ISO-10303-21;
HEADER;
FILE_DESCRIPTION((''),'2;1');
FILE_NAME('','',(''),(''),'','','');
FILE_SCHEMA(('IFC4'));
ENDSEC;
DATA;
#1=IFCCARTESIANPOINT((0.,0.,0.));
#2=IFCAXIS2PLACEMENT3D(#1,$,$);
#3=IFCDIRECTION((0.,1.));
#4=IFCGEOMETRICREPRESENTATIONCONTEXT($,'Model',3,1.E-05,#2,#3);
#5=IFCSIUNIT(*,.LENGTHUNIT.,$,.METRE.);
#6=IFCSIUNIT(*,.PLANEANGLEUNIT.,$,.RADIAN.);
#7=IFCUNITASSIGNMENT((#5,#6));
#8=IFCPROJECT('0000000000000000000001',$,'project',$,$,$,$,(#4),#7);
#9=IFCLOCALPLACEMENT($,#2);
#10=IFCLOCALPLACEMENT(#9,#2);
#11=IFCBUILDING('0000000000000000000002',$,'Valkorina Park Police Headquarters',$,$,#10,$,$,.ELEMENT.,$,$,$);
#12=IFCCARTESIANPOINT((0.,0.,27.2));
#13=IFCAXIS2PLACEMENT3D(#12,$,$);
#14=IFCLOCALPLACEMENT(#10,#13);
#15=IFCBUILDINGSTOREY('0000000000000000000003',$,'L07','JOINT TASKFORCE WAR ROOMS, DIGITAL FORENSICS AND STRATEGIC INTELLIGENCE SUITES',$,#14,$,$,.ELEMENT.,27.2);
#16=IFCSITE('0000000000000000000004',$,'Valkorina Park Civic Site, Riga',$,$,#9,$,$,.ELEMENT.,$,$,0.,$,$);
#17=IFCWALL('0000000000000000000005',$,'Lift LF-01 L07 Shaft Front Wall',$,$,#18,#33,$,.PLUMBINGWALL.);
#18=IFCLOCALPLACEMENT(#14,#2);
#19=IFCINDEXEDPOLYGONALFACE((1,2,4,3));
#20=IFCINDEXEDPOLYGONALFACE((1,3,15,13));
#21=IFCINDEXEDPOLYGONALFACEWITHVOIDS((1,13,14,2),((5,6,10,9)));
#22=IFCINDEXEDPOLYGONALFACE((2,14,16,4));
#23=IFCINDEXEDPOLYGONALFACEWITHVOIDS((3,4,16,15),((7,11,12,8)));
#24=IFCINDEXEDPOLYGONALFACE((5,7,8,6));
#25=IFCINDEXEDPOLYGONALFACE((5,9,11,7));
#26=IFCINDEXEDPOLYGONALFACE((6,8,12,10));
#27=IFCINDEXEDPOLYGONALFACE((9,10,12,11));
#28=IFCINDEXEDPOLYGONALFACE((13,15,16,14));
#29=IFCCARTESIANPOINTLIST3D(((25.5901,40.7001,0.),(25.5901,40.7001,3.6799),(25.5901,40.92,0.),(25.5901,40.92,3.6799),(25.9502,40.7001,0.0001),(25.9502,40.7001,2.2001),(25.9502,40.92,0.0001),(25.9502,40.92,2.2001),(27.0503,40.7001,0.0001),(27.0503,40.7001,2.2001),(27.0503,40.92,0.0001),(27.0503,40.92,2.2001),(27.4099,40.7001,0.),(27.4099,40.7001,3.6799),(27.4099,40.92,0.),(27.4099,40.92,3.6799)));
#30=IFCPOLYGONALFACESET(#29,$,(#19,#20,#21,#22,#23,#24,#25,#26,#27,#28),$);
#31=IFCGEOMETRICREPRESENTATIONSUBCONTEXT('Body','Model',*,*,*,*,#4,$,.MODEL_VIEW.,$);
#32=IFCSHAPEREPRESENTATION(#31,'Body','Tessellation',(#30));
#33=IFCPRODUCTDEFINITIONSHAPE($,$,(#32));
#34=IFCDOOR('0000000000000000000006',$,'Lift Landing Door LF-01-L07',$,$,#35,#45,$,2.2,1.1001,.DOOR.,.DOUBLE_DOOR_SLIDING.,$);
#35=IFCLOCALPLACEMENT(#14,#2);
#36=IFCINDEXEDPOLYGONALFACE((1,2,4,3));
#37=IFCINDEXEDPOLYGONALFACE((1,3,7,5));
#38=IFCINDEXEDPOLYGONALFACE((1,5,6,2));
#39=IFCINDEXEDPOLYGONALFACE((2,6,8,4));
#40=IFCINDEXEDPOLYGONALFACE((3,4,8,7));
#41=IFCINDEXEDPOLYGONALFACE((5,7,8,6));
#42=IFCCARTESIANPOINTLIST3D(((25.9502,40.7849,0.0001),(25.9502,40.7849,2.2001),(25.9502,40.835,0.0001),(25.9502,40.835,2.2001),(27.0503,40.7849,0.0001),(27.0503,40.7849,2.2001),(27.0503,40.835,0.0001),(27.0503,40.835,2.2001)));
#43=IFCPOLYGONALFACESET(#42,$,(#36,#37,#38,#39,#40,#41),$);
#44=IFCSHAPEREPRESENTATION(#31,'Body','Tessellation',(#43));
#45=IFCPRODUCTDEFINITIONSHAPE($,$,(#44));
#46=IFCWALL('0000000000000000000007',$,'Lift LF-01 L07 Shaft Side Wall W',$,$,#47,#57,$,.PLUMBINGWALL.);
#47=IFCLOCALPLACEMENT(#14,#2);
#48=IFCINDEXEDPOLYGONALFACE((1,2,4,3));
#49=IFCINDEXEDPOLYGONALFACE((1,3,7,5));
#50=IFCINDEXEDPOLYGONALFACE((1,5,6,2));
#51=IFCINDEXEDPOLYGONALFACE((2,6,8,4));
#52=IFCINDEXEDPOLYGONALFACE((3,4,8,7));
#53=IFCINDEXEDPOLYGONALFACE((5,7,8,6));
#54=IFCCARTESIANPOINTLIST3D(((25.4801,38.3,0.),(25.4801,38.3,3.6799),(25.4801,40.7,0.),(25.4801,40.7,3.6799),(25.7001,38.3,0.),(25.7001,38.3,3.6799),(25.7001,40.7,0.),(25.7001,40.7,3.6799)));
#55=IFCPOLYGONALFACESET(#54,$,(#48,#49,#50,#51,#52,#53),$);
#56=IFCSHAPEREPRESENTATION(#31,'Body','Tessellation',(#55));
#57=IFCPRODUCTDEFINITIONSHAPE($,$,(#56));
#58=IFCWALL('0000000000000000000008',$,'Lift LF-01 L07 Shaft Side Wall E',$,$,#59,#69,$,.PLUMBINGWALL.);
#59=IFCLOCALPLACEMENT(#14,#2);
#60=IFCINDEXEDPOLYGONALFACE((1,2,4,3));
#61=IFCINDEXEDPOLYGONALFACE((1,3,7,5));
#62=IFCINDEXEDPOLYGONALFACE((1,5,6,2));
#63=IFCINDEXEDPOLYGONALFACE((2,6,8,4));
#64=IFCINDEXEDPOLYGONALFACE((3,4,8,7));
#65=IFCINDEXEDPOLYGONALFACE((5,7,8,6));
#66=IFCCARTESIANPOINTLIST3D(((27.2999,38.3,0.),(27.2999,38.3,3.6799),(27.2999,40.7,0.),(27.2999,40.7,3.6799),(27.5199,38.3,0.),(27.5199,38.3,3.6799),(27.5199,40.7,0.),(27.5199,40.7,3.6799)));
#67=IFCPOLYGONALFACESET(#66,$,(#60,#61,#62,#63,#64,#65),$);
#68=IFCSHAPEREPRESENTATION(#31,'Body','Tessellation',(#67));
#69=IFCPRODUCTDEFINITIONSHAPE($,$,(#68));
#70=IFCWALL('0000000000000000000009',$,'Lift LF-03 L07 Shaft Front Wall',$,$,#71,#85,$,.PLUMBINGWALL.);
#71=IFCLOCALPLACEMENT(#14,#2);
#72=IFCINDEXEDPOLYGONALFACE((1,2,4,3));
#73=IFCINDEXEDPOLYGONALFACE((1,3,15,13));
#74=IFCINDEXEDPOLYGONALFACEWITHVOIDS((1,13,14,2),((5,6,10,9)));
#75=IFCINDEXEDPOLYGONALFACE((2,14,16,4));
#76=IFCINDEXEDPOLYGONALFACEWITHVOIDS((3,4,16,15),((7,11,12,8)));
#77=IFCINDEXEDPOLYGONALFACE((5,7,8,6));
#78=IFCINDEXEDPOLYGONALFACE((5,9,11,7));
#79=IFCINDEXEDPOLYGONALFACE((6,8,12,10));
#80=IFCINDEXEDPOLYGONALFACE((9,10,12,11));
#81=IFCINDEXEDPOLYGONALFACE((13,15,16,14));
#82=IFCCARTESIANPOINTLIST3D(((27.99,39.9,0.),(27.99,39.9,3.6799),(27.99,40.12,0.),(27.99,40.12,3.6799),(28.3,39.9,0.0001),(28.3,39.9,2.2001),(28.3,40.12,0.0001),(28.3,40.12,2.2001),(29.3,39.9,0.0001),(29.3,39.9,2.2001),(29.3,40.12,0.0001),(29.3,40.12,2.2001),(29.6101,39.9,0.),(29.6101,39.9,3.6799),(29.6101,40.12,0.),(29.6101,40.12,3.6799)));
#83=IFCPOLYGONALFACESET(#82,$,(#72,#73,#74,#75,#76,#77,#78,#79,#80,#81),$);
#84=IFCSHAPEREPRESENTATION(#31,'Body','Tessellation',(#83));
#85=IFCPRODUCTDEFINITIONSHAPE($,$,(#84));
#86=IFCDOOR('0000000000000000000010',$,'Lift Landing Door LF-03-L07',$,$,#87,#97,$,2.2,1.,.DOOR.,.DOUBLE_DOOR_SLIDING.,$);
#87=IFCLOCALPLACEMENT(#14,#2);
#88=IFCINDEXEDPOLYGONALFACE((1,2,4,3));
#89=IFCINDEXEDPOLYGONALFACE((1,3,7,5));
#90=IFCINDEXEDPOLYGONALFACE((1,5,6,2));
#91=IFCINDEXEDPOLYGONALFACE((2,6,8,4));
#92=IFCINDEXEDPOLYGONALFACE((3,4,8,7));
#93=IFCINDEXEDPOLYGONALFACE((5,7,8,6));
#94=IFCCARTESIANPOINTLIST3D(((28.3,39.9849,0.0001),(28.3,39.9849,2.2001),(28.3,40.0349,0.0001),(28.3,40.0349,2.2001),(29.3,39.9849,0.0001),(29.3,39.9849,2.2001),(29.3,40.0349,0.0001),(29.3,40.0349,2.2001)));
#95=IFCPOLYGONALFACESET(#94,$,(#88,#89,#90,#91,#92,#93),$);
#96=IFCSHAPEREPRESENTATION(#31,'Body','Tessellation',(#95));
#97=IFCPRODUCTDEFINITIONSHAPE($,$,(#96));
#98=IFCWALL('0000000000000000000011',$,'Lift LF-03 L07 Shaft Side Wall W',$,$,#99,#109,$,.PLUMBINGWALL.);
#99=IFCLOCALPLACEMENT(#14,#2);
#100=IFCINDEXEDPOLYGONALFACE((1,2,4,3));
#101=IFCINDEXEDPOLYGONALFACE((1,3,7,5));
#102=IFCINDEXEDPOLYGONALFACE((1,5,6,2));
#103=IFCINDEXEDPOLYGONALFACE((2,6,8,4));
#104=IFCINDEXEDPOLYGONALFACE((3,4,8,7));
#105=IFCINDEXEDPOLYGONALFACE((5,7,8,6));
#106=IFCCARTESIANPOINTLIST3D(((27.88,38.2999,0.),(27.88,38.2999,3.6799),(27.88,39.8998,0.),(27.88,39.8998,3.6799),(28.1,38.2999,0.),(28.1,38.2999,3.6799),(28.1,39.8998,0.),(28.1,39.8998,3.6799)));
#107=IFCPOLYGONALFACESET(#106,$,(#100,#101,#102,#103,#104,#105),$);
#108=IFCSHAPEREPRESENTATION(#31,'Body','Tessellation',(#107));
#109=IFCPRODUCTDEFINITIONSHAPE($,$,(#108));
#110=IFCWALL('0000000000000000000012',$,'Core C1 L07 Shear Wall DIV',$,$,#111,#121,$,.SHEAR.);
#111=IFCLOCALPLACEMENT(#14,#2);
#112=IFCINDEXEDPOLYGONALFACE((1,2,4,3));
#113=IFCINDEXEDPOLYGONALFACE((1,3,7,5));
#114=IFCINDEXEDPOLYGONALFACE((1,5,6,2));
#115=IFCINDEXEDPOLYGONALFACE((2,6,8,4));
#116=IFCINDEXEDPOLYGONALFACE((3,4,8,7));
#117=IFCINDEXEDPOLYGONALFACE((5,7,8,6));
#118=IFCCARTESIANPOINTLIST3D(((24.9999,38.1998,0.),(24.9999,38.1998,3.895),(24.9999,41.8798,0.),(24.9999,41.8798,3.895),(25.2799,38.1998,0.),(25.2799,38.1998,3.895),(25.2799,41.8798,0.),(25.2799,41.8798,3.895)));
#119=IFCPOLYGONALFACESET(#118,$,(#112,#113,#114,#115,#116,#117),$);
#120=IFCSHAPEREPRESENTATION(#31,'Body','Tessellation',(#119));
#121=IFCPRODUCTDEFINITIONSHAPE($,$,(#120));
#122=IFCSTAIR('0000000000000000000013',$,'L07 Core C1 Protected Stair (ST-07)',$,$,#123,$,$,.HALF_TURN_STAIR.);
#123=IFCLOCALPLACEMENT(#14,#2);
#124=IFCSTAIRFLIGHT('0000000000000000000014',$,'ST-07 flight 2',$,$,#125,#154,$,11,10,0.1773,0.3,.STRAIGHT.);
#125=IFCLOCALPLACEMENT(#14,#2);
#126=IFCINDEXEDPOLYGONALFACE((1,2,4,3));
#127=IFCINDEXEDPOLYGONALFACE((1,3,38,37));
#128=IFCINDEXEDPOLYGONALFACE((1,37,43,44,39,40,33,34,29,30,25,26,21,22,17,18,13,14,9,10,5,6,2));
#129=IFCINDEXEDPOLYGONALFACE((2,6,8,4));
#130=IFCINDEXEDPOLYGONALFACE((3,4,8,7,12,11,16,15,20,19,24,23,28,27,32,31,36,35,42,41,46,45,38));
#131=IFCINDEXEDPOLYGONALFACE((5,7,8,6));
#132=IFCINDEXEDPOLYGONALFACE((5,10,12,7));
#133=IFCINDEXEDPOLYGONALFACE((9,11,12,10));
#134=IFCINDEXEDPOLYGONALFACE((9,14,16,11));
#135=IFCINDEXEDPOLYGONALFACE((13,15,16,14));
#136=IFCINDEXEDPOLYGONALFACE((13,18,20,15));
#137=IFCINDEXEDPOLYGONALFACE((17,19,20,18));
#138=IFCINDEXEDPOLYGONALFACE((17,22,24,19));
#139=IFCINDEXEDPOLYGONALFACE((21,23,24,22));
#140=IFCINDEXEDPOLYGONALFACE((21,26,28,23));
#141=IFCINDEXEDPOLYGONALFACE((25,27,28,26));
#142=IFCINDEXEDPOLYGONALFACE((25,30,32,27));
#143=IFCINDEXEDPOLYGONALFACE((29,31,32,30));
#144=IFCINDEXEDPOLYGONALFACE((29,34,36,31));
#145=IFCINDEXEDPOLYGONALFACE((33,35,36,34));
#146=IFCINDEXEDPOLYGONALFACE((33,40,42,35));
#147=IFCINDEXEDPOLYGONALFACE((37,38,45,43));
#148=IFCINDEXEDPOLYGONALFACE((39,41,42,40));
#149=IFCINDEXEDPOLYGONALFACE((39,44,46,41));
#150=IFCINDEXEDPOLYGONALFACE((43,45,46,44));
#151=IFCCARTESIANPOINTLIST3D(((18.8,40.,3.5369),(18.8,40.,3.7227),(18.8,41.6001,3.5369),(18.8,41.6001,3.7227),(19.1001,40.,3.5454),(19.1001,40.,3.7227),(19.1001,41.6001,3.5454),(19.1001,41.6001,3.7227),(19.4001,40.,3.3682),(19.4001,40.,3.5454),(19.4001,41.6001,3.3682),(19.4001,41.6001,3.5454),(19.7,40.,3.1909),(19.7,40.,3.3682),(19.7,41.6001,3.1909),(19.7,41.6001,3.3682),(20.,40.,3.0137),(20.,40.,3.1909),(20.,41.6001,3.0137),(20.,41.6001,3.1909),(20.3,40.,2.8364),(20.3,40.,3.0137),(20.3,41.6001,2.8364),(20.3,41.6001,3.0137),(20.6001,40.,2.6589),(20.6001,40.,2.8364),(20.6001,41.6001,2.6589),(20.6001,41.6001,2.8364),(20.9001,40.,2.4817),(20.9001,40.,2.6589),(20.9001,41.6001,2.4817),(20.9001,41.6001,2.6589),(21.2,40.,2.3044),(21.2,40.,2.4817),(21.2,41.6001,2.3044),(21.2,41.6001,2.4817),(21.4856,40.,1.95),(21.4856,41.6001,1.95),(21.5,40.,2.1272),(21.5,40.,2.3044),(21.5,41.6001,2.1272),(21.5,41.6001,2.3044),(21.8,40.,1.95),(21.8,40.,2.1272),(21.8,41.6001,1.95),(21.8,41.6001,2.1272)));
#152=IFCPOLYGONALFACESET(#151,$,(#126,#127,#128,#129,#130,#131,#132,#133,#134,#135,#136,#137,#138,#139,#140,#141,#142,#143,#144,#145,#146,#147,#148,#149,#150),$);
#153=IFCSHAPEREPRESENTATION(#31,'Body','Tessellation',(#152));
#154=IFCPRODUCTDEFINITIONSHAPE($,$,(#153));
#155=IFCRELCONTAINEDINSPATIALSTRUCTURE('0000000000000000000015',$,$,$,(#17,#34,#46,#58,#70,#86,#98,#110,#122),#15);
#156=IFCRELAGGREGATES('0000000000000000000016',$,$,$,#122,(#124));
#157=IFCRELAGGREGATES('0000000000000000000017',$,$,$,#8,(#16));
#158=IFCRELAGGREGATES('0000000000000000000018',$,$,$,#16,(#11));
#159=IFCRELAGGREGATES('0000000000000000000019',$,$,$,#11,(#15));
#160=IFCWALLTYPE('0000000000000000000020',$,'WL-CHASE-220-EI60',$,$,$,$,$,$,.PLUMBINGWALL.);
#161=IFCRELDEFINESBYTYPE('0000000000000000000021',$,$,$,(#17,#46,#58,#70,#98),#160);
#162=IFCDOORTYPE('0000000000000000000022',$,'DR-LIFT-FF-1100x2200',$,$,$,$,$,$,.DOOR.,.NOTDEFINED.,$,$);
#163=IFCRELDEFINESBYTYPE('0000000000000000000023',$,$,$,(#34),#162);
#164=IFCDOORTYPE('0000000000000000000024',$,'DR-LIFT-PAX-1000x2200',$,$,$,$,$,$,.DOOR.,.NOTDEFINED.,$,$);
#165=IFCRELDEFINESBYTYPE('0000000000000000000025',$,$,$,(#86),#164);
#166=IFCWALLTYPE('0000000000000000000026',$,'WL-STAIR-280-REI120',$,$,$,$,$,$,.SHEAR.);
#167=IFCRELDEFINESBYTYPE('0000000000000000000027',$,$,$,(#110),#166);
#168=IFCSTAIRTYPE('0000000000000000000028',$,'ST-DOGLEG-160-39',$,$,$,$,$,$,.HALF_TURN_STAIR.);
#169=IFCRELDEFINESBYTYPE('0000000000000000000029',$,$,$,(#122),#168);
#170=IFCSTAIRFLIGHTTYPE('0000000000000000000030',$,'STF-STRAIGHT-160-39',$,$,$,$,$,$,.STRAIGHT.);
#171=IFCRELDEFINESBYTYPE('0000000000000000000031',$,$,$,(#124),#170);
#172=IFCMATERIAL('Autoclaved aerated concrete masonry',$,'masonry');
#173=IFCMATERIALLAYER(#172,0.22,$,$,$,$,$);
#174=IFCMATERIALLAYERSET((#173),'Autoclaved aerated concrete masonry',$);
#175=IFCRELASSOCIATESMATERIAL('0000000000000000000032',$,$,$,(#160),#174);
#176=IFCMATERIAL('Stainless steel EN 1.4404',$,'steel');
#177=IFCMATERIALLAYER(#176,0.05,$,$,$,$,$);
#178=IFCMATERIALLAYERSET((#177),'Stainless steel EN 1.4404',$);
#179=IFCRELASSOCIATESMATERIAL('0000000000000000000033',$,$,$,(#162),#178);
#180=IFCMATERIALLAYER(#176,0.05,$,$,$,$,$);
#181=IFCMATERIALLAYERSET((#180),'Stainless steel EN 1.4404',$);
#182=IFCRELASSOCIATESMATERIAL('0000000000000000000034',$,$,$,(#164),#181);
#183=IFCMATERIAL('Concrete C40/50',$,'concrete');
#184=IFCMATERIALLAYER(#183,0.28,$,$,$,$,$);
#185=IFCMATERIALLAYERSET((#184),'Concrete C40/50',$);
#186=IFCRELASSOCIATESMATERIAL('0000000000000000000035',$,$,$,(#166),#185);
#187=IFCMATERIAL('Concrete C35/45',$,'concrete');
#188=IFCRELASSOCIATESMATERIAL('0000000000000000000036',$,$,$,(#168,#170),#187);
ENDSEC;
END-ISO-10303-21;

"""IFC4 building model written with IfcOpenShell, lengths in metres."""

from ifc_helpers import new_model, si_unit, direction, frame, frame_2d, origin, place, context, subcontext, project, spatial, polyline, rectangle, outline, extrude, material, layer, layer_set, type_object, element, fill, aggregate, save


model = new_model("IFC4")

# Units and contexts
model_context = context("Model", 3, precision=1e-05, world=origin(), true_north=direction((0.0, 1.0)))
body_context = subcontext(model_context, "Body", "Model", "MODEL_VIEW")
ifc_project = project(units=[si_unit("LENGTHUNIT", "METRE"), si_unit("PLANEANGLEUNIT", "RADIAN")], contexts=[model_context])

# Site, building, storey
site_placement = place(None, origin())
site = spatial("IfcSite", under=ifc_project, at=site_placement, Name="Valkorina Park Civic Site, Riga", CompositionType="ELEMENT", RefElevation=0.0)
building_placement = place(site_placement, origin())
building = spatial("IfcBuilding", under=site, at=building_placement, Name="Valkorina Park Police Headquarters", CompositionType="ELEMENT")
storey_placement = place(building_placement, frame((0.0, 0.0, 27.2)))
storey = spatial("IfcBuildingStorey", under=building, at=storey_placement, Name="L07", Description="JOINT TASKFORCE WAR ROOMS, DIGITAL FORENSICS AND STRATEGIC INTELLIGENCE SUITES", CompositionType="ELEMENT", Elevation=27.2)

# Wall, opening, door
ifc_material_1 = material(Name="Autoclaved aerated concrete masonry", Category="masonry")
ifc_layer_1 = layer(ifc_material_1, 0.22)
ifc_layer_set_1 = layer_set([ifc_layer_1], Name="Autoclaved aerated concrete masonry")
wall_type_1 = type_object("IfcWallType", Name="WL-CHASE-220-EI60", PredefinedType="PLUMBINGWALL", material=ifc_layer_set_1)
wall_1_placement = place(storey_placement, frame((25.5901, 40.8101, 0.0), z_axis=(0.0, 0.0, 1.0), x_axis=(1.0, 0.0, 0.0)))
wall_1 = element("IfcWall", 1, at=wall_1_placement, inside=storey, type_object=wall_type_1, Name="Lift LF-01 L07 Shaft Front Wall", PredefinedType="PLUMBINGWALL", context=body_context, shape_type="SweptSolid", body=[
    extrude(rectangle(XDim=1.8198, YDim=0.22, at=frame_2d((0.9099, 0.0))), origin(), (0.0, 0.0, 1.0), 3.6799),
])
opening_1_placement = place(wall_1_placement, frame((0.3601, 0.0, 0.0)))
opening_1 = element("IfcOpeningElement", 2, at=opening_1_placement, cuts=wall_1, PredefinedType="OPENING", context=body_context, shape_type="SweptSolid", body=[
    extrude(rectangle(XDim=1.1001, YDim=2.2, at=frame_2d((0.55, 1.1001))), frame((0.0, 0.1201, 0.0), z_axis=(0.0, -1.0, 0.0), x_axis=(1.0, 0.0, 0.0)), (0.0, 0.0, 1.0), 0.24),
])
ifc_material_2 = material(Name="Stainless steel EN 1.4404", Category="steel")
ifc_layer_2 = layer(ifc_material_2, 0.05)
ifc_layer_set_2 = layer_set([ifc_layer_2], Name="Stainless steel EN 1.4404")
door_type_1 = type_object("IfcDoorType", Name="DR-LIFT-FF-1100x2200", OperationType="NOTDEFINED", PredefinedType="DOOR", material=ifc_layer_set_2)
door_1_placement = place(opening_1_placement, origin())
door_1 = element("IfcDoor", 3, at=door_1_placement, inside=storey, type_object=door_type_1, Name="Lift Landing Door LF-01-L07", OperationType="DOUBLE_DOOR_SLIDING", OverallHeight=2.2, OverallWidth=1.1001, PredefinedType="DOOR", context=body_context, shape_type="SweptSolid", body=[
    extrude(rectangle(XDim=1.1001, YDim=2.2, at=frame_2d((0.55, 1.1001))), frame((0.0, 0.0249, 0.0), z_axis=(0.0, -1.0, 0.0), x_axis=(1.0, 0.0, 0.0)), (0.0, 0.0, 1.0), 0.05),
])
fill(opening_1, door_1)

# Walls
for number, where, z_axis, x_axis, name in (
    (4, (25.5901, 38.3, 0.0), (0.0, 0.0, 1.0), (0.0, 1.0, 0.0), "Lift LF-01 L07 Shaft Side Wall W"),
    (5, (27.4099, 38.3, 0.0), (0.0, 0.0, 1.0), (0.0, 1.0, 0.0), "Lift LF-01 L07 Shaft Side Wall E"),
):
    element("IfcWall", number, at=place(storey_placement, frame(where, z_axis=z_axis, x_axis=x_axis)), inside=storey, type_object=wall_type_1, Name=name, PredefinedType="PLUMBINGWALL", context=body_context, shape_type="SweptSolid", body=[
        extrude(rectangle(XDim=2.3999, YDim=0.22, at=frame_2d((1.2, 0.0))), origin(), (0.0, 0.0, 1.0), 3.6799),
    ])

# Wall, opening, door
wall_2_placement = place(storey_placement, frame((27.99, 40.01, 0.0), z_axis=(0.0, 0.0, 1.0), x_axis=(1.0, 0.0, 0.0)))
wall_2 = element("IfcWall", 6, at=wall_2_placement, inside=storey, type_object=wall_type_1, Name="Lift LF-03 L07 Shaft Front Wall", PredefinedType="PLUMBINGWALL", context=body_context, shape_type="SweptSolid", body=[
    extrude(rectangle(XDim=1.6201, YDim=0.22, at=frame_2d((0.8101, 0.0))), origin(), (0.0, 0.0, 1.0), 3.6799),
])
opening_2_placement = place(wall_2_placement, frame((0.3101, 0.0, 0.0)))
opening_2 = element("IfcOpeningElement", 7, at=opening_2_placement, cuts=wall_2, PredefinedType="OPENING", context=body_context, shape_type="SweptSolid", body=[
    extrude(rectangle(XDim=1.0, YDim=2.2, at=frame_2d((0.5, 1.1001))), frame((0.0, 0.1201, 0.0), z_axis=(0.0, -1.0, 0.0), x_axis=(1.0, 0.0, 0.0)), (0.0, 0.0, 1.0), 0.24),
])
ifc_layer_3 = layer(ifc_material_2, 0.05)
ifc_layer_set_3 = layer_set([ifc_layer_3], Name="Stainless steel EN 1.4404")
door_type_2 = type_object("IfcDoorType", Name="DR-LIFT-PAX-1000x2200", OperationType="NOTDEFINED", PredefinedType="DOOR", material=ifc_layer_set_3)
door_2_placement = place(opening_2_placement, origin())
door_2 = element("IfcDoor", 8, at=door_2_placement, inside=storey, type_object=door_type_2, Name="Lift Landing Door LF-03-L07", OperationType="DOUBLE_DOOR_SLIDING", OverallHeight=2.2, OverallWidth=1.0, PredefinedType="DOOR", context=body_context, shape_type="SweptSolid", body=[
    extrude(rectangle(XDim=1.0, YDim=2.2, at=frame_2d((0.5, 1.1001))), frame((0.0, 0.0249, 0.0), z_axis=(0.0, -1.0, 0.0), x_axis=(1.0, 0.0, 0.0)), (0.0, 0.0, 1.0), 0.05),
])
fill(opening_2, door_2)

# Walls
wall_3_placement = place(storey_placement, frame((27.99, 38.3, 0.0), z_axis=(0.0, 0.0, 1.0), x_axis=(0.0, 1.0, 0.0)))
element("IfcWall", 9, at=wall_3_placement, inside=storey, type_object=wall_type_1, Name="Lift LF-03 L07 Shaft Side Wall W", PredefinedType="PLUMBINGWALL", context=body_context, shape_type="SweptSolid", body=[
    extrude(rectangle(XDim=1.5999, YDim=0.22, at=frame_2d((0.7998, 0.0))), origin(), (0.0, 0.0, 1.0), 3.6799),
])
ifc_material_3 = material(Name="Concrete C40/50", Category="concrete")
ifc_layer_4 = layer(ifc_material_3, 0.28)
ifc_layer_set_4 = layer_set([ifc_layer_4], Name="Concrete C40/50")
wall_type_2 = type_object("IfcWallType", Name="WL-STAIR-280-REI120", PredefinedType="SHEAR", material=ifc_layer_set_4)
wall_4_placement = place(storey_placement, frame((25.1399, 38.2, 0.0), z_axis=(0.0, 0.0, 1.0), x_axis=(0.0, 1.0, 0.0)))
element("IfcWall", 10, at=wall_4_placement, inside=storey, type_object=wall_type_2, Name="Core C1 L07 Shear Wall DIV", PredefinedType="SHEAR", context=body_context, shape_type="SweptSolid", body=[
    extrude(rectangle(XDim=3.6799, YDim=0.28, at=frame_2d((1.8398, 0.0))), origin(), (0.0, 0.0, 1.0), 3.895),
])

# Stair, stair flight
ifc_material_4 = material(Name="Concrete C35/45", Category="concrete")
stair_type = type_object("IfcStairType", Name="ST-DOGLEG-160-39", PredefinedType="HALF_TURN_STAIR", material=ifc_material_4)
stair_placement = place(storey_placement, origin())
stair = element("IfcStair", 11, at=stair_placement, inside=storey, type_object=stair_type, Name="L07 Core C1 Protected Stair (ST-07)", PredefinedType="HALF_TURN_STAIR")
stair_flight_type = type_object("IfcStairFlightType", Name="STF-STRAIGHT-160-39", PredefinedType="STRAIGHT", material=ifc_material_4)
stair_flight_placement = place(storey_placement, frame((21.8, 40.8, 1.95), z_axis=(0.0, 0.0, 1.0), x_axis=(-1.0, 0.0, 0.0)))
stair_flight = element("IfcStairFlight", 12, at=stair_flight_placement, type_object=stair_flight_type, Name="ST-07 flight 2", NumberOfRisers=11, NumberOfTreads=10, PredefinedType="STRAIGHT", RiserHeight=0.1773, TreadLength=0.3, context=body_context, shape_type="SweptSolid", body=[
    extrude(outline(polyline([(0.0, 0.0), (0.0, 0.1772), (0.3, 0.1772), (0.3, 0.3545), (0.6001, 0.3545), (0.6001, 0.5317), (0.8999, 0.5317), (0.8999, 0.709), (1.2, 0.709), (1.2, 0.8865), (1.5, 0.8865), (1.5, 1.0637), (1.8, 1.0637), (1.8, 1.241), (2.1001, 1.241), (2.1001, 1.4182), (2.3999, 1.4182), (2.3999, 1.5955), (2.7, 1.5955), (2.7, 1.7727), (3.0, 1.7727), (3.0, 1.95), (3.0, 1.5869), (0.3145, 0.0), (0.0, 0.0)])), frame((0.0, 0.8, 0.0), z_axis=(0.0, -1.0, 0.0), x_axis=(1.0, 0.0, 0.0)), (0.0, 0.0, 1.0), 1.6001),
])
aggregate(stair, [stair_flight])

save(model, "model.ifc")
